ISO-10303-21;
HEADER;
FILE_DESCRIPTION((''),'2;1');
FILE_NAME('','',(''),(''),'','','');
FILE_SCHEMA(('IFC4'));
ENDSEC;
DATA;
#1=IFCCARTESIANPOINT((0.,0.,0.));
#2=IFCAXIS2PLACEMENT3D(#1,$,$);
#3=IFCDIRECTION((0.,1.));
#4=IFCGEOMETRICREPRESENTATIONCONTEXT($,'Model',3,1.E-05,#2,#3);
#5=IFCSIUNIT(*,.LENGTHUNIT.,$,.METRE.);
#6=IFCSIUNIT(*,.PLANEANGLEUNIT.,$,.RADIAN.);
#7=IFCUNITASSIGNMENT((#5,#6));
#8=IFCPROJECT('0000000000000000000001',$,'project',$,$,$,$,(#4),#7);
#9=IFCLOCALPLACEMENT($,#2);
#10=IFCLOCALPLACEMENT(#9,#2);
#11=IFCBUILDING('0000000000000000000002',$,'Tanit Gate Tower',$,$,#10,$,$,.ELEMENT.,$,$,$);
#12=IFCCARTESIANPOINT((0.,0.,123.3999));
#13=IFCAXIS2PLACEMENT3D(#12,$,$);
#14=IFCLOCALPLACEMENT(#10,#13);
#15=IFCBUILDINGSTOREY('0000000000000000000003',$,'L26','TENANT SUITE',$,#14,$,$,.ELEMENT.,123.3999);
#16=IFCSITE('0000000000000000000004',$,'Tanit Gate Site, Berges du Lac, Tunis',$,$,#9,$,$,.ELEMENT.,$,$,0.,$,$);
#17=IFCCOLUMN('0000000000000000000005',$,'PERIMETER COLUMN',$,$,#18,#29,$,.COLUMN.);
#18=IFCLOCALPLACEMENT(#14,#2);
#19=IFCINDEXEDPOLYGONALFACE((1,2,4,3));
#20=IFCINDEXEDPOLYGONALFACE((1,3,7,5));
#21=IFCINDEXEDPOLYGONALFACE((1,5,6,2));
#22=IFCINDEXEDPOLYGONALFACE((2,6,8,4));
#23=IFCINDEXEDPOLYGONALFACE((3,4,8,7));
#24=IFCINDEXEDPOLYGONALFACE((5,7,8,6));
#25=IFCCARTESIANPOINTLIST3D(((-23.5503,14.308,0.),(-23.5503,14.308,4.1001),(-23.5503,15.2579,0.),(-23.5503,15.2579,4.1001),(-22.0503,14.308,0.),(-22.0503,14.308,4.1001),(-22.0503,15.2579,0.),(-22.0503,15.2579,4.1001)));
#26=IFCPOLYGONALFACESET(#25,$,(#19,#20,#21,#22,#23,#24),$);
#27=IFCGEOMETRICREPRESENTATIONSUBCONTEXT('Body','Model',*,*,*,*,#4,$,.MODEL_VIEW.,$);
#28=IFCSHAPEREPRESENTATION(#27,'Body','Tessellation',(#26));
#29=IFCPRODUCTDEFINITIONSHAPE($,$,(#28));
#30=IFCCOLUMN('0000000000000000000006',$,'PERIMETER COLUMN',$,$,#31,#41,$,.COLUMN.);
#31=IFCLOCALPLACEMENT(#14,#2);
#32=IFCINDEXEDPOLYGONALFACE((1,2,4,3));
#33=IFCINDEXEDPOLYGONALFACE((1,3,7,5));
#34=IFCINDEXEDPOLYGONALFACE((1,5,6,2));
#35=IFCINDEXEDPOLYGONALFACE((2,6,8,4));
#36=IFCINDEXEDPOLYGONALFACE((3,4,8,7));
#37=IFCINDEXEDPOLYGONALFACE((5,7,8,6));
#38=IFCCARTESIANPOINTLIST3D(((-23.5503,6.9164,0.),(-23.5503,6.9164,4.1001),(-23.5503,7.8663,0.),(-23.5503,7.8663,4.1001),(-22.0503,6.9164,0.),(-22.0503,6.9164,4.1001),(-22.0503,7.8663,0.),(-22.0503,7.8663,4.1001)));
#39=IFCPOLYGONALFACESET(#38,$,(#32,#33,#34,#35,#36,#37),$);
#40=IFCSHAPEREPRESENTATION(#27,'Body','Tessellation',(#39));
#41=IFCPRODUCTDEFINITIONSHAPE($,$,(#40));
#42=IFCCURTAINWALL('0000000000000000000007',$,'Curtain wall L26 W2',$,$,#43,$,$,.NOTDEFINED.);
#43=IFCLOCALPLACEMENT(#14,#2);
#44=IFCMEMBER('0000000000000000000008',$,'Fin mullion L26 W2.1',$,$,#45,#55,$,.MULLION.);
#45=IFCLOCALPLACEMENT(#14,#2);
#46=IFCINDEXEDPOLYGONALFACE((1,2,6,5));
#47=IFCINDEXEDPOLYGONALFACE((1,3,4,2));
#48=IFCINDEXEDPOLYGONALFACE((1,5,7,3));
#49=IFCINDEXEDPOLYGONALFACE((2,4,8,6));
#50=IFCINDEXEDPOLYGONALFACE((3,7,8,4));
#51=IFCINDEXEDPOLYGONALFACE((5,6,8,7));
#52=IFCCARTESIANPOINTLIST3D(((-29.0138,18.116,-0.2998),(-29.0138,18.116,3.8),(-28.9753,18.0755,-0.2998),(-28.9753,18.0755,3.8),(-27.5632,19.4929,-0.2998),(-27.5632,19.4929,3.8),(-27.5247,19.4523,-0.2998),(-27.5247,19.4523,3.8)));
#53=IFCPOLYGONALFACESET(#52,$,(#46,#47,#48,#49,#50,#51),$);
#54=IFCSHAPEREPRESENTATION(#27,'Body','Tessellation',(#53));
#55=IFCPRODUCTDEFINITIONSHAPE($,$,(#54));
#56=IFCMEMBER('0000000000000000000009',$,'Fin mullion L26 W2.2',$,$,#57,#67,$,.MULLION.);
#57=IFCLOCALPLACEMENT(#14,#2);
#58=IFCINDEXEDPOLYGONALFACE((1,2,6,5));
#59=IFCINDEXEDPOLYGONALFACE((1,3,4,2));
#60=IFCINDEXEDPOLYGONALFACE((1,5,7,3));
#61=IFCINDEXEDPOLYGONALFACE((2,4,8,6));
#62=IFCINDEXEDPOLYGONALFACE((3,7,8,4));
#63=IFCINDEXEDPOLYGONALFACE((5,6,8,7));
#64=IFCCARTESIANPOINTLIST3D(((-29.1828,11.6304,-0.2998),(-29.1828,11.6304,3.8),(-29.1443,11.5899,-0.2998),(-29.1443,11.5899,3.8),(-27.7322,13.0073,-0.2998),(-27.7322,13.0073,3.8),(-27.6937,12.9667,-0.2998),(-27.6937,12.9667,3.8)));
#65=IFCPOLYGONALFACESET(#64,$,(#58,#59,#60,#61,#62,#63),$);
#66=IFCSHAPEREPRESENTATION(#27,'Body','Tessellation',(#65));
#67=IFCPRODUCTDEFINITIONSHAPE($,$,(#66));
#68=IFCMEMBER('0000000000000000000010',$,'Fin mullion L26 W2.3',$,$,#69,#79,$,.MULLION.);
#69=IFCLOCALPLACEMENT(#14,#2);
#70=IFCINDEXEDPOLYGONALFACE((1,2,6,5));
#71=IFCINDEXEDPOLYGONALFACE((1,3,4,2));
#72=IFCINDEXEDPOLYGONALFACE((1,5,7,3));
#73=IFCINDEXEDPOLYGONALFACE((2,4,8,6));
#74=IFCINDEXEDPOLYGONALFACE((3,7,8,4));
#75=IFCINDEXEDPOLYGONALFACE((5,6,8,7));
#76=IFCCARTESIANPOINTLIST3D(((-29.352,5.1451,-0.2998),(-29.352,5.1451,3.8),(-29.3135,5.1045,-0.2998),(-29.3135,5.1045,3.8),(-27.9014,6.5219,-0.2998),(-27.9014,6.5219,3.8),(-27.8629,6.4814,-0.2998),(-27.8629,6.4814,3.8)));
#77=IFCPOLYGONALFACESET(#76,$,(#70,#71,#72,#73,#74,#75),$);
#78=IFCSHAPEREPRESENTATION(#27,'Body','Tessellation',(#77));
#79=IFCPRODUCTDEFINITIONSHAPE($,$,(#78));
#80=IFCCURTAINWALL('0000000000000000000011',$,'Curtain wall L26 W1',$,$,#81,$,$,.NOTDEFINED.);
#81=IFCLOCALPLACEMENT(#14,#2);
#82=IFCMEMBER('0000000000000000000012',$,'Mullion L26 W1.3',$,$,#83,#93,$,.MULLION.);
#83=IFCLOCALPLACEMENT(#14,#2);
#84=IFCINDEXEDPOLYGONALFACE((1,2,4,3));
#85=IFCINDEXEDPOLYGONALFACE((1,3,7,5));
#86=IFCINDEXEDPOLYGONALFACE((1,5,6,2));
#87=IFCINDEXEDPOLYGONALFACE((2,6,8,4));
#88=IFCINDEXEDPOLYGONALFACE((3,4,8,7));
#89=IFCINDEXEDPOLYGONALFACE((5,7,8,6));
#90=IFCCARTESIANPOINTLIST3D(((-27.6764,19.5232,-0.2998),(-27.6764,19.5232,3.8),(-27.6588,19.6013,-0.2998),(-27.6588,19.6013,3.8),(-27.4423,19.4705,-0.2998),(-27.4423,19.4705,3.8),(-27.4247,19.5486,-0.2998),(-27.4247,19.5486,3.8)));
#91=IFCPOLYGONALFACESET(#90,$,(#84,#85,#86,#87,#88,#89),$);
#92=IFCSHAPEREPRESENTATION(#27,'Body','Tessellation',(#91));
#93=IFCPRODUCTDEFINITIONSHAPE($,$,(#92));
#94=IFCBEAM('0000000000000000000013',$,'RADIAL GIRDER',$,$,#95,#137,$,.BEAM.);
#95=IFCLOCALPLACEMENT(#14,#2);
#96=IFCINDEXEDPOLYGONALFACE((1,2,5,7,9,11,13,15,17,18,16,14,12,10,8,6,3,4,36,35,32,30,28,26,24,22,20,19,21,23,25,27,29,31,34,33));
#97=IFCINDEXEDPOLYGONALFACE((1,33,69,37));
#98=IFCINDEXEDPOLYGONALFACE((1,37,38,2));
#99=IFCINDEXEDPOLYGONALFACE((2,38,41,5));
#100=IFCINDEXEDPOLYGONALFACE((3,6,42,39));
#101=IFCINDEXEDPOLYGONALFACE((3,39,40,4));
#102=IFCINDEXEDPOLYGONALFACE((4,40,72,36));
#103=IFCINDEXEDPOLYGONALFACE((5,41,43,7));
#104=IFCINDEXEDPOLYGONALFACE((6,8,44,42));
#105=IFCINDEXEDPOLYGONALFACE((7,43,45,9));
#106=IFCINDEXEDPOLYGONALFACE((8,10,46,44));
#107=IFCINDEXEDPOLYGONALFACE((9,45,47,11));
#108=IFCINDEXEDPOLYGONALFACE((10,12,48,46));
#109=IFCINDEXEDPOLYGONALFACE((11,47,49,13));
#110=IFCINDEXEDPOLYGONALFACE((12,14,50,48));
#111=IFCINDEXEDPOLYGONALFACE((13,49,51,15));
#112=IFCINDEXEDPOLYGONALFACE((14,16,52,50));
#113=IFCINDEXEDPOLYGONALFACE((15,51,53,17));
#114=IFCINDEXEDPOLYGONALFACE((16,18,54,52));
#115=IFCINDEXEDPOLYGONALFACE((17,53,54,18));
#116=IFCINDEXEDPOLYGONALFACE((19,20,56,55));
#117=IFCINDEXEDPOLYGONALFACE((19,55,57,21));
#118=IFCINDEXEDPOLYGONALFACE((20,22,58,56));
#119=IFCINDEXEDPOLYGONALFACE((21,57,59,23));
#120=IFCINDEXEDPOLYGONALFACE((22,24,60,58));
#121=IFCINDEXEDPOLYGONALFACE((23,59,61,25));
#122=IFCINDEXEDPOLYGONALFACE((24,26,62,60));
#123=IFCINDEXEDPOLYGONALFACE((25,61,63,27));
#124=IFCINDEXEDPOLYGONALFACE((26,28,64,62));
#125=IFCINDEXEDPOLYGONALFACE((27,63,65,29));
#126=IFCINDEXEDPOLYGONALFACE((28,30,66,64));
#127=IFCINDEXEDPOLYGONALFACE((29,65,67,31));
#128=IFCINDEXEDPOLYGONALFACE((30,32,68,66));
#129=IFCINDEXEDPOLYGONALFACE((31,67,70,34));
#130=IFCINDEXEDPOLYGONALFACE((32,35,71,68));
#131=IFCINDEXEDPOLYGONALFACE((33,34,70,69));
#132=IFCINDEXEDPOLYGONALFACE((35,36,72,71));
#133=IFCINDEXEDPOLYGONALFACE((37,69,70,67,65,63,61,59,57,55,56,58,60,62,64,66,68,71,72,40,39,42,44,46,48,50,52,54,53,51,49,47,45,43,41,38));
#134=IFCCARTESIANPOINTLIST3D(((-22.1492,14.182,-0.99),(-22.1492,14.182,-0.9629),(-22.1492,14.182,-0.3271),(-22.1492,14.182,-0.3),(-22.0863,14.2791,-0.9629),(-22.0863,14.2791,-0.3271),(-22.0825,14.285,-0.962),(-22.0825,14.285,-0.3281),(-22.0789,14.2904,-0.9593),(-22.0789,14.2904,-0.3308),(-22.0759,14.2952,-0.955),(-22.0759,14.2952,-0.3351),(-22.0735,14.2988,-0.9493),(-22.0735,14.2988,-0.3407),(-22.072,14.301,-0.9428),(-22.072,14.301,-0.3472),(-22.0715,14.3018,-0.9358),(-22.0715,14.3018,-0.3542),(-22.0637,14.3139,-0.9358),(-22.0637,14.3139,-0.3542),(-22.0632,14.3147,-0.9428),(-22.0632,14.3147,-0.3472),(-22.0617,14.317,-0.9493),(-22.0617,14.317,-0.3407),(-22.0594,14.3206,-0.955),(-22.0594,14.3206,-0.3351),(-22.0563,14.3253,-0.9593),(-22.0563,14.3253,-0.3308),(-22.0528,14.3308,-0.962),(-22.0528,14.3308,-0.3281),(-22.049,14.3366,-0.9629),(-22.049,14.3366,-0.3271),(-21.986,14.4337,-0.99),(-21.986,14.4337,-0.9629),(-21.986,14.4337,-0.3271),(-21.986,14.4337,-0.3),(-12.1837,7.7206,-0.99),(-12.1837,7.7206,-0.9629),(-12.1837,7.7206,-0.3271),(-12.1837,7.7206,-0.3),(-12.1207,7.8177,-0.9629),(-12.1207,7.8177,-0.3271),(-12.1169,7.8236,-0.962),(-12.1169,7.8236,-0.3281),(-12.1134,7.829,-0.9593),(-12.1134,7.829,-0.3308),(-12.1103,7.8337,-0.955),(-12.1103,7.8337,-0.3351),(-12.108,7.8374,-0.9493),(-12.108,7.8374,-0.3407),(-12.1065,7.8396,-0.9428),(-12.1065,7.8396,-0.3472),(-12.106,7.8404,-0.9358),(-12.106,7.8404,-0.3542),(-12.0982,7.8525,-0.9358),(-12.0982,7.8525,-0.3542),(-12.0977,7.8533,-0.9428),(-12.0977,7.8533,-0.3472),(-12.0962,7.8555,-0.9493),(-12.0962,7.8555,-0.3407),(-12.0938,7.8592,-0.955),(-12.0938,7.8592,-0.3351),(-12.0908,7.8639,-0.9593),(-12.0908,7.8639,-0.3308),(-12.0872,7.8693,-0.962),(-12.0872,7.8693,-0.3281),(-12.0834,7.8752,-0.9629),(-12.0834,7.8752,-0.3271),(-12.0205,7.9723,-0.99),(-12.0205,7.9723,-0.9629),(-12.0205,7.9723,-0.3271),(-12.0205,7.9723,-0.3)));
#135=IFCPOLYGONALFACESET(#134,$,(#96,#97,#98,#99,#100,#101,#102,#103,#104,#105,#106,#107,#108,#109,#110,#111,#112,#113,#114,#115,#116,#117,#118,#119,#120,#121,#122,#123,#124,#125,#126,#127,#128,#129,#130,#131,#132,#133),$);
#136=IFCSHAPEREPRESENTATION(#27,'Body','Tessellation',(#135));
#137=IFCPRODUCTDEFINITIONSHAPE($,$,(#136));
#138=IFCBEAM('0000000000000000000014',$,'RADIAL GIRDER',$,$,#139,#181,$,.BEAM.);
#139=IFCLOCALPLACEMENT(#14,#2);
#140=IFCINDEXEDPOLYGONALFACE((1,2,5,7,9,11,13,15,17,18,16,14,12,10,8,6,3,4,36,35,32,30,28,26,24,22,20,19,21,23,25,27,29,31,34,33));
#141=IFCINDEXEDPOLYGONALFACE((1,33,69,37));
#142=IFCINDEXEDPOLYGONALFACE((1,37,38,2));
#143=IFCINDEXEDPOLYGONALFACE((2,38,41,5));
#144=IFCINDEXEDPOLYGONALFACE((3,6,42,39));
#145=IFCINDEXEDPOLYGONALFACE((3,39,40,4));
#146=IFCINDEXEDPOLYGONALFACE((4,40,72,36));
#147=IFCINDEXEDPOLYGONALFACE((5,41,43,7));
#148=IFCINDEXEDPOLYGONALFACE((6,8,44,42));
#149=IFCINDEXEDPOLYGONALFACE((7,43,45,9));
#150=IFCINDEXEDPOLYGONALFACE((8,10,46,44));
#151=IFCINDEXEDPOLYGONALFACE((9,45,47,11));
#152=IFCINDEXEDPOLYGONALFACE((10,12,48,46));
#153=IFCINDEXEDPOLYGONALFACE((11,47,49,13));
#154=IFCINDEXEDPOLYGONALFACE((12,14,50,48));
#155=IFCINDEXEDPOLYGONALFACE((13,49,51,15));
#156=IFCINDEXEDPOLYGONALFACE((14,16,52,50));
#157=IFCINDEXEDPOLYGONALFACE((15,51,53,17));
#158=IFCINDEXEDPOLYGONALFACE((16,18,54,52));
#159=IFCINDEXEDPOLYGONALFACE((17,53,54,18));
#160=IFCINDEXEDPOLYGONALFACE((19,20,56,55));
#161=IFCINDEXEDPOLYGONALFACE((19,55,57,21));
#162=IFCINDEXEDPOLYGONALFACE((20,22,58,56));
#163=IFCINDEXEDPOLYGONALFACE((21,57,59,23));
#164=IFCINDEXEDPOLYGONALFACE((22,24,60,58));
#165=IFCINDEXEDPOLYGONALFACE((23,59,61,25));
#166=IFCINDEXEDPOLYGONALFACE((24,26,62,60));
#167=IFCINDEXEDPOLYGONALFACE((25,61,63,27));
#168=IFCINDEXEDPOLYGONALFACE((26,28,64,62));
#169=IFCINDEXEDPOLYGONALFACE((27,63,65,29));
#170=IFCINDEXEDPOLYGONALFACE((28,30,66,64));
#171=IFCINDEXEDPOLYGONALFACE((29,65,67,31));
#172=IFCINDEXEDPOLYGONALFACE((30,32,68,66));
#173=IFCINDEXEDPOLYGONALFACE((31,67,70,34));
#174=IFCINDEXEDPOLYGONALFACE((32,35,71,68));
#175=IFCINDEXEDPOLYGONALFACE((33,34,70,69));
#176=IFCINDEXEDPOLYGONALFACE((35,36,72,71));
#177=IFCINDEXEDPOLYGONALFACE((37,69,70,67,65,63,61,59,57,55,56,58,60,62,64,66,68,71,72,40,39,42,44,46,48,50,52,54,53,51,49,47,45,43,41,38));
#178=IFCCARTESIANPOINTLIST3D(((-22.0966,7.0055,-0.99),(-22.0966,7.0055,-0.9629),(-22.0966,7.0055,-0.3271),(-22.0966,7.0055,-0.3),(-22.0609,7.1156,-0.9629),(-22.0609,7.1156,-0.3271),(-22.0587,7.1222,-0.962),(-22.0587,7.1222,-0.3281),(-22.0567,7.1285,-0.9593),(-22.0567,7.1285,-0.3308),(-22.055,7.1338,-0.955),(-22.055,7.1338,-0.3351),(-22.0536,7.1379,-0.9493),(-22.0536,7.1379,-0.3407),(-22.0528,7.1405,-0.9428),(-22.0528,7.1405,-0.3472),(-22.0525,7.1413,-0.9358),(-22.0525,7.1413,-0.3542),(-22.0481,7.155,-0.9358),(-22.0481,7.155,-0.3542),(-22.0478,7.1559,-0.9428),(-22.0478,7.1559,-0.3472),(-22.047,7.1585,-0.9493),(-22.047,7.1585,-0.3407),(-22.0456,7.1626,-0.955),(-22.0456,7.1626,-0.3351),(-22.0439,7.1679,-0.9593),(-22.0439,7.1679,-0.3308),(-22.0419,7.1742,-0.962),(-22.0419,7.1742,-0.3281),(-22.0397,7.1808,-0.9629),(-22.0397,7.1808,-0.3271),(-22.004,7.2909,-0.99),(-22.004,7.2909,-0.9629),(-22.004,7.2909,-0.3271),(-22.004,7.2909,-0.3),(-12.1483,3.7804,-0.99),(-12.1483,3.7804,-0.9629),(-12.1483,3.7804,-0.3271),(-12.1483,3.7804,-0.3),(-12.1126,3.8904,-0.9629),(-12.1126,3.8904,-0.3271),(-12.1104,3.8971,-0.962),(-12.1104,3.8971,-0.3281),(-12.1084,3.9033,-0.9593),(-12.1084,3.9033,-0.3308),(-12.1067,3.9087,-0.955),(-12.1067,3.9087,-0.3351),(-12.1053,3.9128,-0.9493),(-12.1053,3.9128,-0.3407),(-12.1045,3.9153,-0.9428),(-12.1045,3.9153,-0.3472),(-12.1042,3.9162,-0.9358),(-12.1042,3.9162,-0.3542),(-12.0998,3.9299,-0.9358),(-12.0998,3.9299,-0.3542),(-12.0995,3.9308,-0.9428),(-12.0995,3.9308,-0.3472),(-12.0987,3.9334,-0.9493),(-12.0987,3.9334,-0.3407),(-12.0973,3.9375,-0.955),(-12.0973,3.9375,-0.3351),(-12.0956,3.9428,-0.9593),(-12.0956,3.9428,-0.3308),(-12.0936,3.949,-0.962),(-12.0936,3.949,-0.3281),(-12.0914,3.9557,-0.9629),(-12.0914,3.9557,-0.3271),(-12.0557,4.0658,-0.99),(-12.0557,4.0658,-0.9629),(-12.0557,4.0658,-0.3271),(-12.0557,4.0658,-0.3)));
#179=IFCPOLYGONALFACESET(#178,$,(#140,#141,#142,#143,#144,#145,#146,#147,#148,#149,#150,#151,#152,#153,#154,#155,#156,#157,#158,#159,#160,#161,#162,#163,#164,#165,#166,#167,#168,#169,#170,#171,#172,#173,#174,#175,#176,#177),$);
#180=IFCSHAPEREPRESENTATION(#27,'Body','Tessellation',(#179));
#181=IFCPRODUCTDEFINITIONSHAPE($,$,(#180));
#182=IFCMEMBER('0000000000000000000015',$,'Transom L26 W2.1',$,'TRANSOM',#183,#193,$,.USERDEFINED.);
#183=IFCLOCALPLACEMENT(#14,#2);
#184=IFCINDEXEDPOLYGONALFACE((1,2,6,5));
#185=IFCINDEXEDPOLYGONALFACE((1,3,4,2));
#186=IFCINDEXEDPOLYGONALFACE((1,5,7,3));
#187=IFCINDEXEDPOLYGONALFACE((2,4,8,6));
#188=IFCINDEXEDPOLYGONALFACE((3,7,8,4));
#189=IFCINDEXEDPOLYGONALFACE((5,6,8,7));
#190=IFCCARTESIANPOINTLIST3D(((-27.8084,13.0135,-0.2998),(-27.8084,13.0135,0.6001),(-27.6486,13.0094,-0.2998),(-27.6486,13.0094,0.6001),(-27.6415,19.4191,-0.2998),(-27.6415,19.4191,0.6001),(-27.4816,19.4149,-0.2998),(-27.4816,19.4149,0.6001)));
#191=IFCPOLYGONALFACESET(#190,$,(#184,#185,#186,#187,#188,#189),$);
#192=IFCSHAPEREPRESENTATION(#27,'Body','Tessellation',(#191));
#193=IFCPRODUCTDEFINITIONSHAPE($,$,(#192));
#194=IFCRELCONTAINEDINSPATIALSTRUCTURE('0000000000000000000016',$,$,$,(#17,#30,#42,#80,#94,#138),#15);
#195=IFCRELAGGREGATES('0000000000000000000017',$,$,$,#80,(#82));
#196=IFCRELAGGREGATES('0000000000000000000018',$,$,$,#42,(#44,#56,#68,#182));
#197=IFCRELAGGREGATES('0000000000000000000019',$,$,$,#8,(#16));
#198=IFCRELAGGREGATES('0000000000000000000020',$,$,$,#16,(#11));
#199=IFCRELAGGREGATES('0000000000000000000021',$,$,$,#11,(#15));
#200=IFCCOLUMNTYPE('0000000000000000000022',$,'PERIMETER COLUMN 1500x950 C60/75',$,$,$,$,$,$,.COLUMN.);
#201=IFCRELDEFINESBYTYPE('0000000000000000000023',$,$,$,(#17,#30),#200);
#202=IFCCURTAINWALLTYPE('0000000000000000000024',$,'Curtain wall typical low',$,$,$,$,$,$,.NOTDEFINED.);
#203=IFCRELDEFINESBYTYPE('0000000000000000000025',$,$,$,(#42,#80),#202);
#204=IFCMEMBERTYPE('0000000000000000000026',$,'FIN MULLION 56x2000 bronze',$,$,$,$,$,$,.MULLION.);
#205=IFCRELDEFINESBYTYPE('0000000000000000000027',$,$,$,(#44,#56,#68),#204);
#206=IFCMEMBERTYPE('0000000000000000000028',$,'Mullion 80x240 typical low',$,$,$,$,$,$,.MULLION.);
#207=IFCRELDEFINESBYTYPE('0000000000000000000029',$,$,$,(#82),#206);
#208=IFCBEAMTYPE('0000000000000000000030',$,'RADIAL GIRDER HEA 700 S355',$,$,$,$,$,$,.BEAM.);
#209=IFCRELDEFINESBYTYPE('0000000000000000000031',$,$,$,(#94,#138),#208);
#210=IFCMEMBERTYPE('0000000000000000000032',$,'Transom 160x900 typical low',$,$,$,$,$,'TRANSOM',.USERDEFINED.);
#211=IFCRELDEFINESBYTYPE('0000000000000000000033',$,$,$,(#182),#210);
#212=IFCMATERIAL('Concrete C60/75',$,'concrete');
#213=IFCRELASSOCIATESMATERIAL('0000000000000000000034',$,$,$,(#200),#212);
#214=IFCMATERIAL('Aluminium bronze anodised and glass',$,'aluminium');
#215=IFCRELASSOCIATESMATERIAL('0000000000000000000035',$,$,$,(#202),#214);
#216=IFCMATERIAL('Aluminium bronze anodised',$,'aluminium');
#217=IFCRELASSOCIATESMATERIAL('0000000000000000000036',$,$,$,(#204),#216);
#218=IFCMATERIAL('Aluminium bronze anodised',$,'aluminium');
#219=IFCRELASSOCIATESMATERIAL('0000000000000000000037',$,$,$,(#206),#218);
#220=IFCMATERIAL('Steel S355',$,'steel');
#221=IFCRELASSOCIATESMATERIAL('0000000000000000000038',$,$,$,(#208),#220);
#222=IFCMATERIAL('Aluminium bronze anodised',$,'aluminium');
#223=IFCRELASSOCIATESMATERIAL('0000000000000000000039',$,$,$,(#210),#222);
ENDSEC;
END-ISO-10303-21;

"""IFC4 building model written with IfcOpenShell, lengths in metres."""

from ifc_helpers import new_model, si_unit, direction, frame, origin, origin_2d, place, context, subcontext, project, spatial, rectangle, i_section, extrude, material, material_profile, profile_set, type_object, element, aggregate, save


model = new_model("IFC4")

# Units and contexts
model_context = context("Model", 3, precision=1e-05, world=origin(), true_north=direction((0.0, 1.0)))
body_context = subcontext(model_context, "Body", "Model", "MODEL_VIEW")
ifc_project = project(units=[si_unit("LENGTHUNIT", "METRE"), si_unit("PLANEANGLEUNIT", "RADIAN")], contexts=[model_context])

# Site, building, storey
site_placement = place(None, origin())
site = spatial("IfcSite", under=ifc_project, at=site_placement, Name="Tanit Gate Site, Berges du Lac, Tunis", CompositionType="ELEMENT", RefElevation=0.0)
building_placement = place(site_placement, origin())
building = spatial("IfcBuilding", under=site, at=building_placement, Name="Tanit Gate Tower", CompositionType="ELEMENT")
storey_placement = place(building_placement, frame((0.0, 0.0, 123.3999)))
storey = spatial("IfcBuildingStorey", under=building, at=storey_placement, Name="L26", Description="TENANT SUITE", CompositionType="ELEMENT", Elevation=123.3999)

# Columns
ifc_material_1 = material(Name="Concrete C60/75", Category="concrete")
ifc_material_profile_1 = material_profile(ifc_material_1, rectangle(XDim=1.5, YDim=0.95, at=origin_2d()), Name="RC 1500x950")
ifc_profile_set_1 = profile_set([ifc_material_profile_1], Name="Concrete C60/75")
column_type = type_object("IfcColumnType", Name="PERIMETER COLUMN 1500x950 C60/75", PredefinedType="COLUMN", material=ifc_profile_set_1)
for number, where, z_axis, x_axis, name in (
    (1, (-22.8003, 14.783, 0.0), (0.0, 0.0, 1.0), (-1.0, 0.0, 0.0), "PERIMETER COLUMN"),
    (2, (-22.8003, 7.3914, 0.0), (0.0, 0.0, 1.0), (-1.0, 0.0, 0.0), "PERIMETER COLUMN"),
):
    element("IfcColumn", number, at=place(storey_placement, frame(where, z_axis=z_axis, x_axis=x_axis)), inside=storey, type_object=column_type, Name=name, PredefinedType="COLUMN", context=body_context, shape_type="SweptSolid", body=[
        extrude(rectangle(XDim=1.5, YDim=0.95, at=origin_2d()), origin(), (0.0, 0.0, 1.0), 4.1001),
    ])

# Curtain wall, members
ifc_material_2 = material(Name="Aluminium bronze anodised and glass", Category="aluminium")
curtain_wall_type = type_object("IfcCurtainWallType", Name="Curtain wall typical low", PredefinedType="NOTDEFINED", material=ifc_material_2)
curtain_wall_1_placement = place(storey_placement, origin())
curtain_wall_1 = element("IfcCurtainWall", 3, at=curtain_wall_1_placement, inside=storey, type_object=curtain_wall_type, Name="Curtain wall L26 W2", PredefinedType="NOTDEFINED")
ifc_material_3 = material(Name="Aluminium bronze anodised", Category="aluminium")
ifc_material_profile_2 = material_profile(ifc_material_3, rectangle(XDim=2.0, YDim=0.0559, at=origin_2d()), Name="56x2000 bronze fin mullion")
ifc_profile_set_2 = profile_set([ifc_material_profile_2], Name="Aluminium bronze anodised")
member_type_1 = type_object("IfcMemberType", Name="FIN MULLION 56x2000 bronze", PredefinedType="MULLION", material=ifc_profile_set_2)
member_1_placement = place(storey_placement, frame((-28.2693, 18.7842, -0.2998), z_axis=(0.0, 0.0, 1.0), x_axis=(0.725296, 0.688438, 0.0)))
member_1 = element("IfcMember", 4, at=member_1_placement, type_object=member_type_1, Name="Fin mullion L26 W2.1", PredefinedType="MULLION", context=body_context, shape_type="SweptSolid", body=[
    extrude(rectangle(XDim=2.0, YDim=0.0559, at=origin_2d()), origin(), (0.0, 0.0, 1.0), 4.0999),
])
member_2_placement = place(storey_placement, frame((-28.4382, 12.2986, -0.2998), z_axis=(0.0, 0.0, 1.0), x_axis=(0.725296, 0.688438, 0.0)))
member_2 = element("IfcMember", 5, at=member_2_placement, type_object=member_type_1, Name="Fin mullion L26 W2.2", PredefinedType="MULLION", context=body_context, shape_type="SweptSolid", body=[
    extrude(rectangle(XDim=2.0, YDim=0.0559, at=origin_2d()), origin(), (0.0, 0.0, 1.0), 4.0999),
])
member_3_placement = place(storey_placement, frame((-28.6074, 5.8132, -0.2998), z_axis=(0.0, 0.0, 1.0), x_axis=(0.725296, 0.688438, 0.0)))
member_3 = element("IfcMember", 6, at=member_3_placement, type_object=member_type_1, Name="Fin mullion L26 W2.3", PredefinedType="MULLION", context=body_context, shape_type="SweptSolid", body=[
    extrude(rectangle(XDim=2.0, YDim=0.0559, at=origin_2d()), origin(), (0.0, 0.0, 1.0), 4.0999),
])

# Curtain wall, member
curtain_wall_2_placement = place(storey_placement, origin())
curtain_wall_2 = element("IfcCurtainWall", 7, at=curtain_wall_2_placement, inside=storey, type_object=curtain_wall_type, Name="Curtain wall L26 W1", PredefinedType="NOTDEFINED")
ifc_material_4 = material(Name="Aluminium bronze anodised", Category="aluminium")
ifc_material_profile_3 = material_profile(ifc_material_4, rectangle(XDim=0.24, YDim=0.0801, at=origin_2d()), Name="80x240 bronze mullion")
ifc_profile_set_3 = profile_set([ifc_material_profile_3], Name="Aluminium bronze anodised")
member_type_2 = type_object("IfcMemberType", Name="Mullion 80x240 typical low", PredefinedType="MULLION", material=ifc_profile_set_3)
member_4_placement = place(storey_placement, frame((-27.5505, 19.5359, -0.2998), z_axis=(0.0, 0.0, 1.0), x_axis=(0.975577, -0.219657, 0.0)))
member_4 = element("IfcMember", 8, at=member_4_placement, type_object=member_type_2, Name="Mullion L26 W1.3", PredefinedType="MULLION", context=body_context, shape_type="SweptSolid", body=[
    extrude(rectangle(XDim=0.24, YDim=0.0801, at=origin_2d()), origin(), (0.0, 0.0, 1.0), 4.0999),
])
aggregate(curtain_wall_2, [member_4])

# Beams
ifc_material_5 = material(Name="Steel S355", Category="steel")
ifc_material_profile_4 = material_profile(ifc_material_5, i_section(OverallWidth=0.3, OverallDepth=0.6899, WebThickness=0.0144, FlangeThickness=0.0271, FilletRadius=0.0271, at=origin_2d()), Name="HEA 700")
ifc_profile_set_4 = profile_set([ifc_material_profile_4], Name="Steel S355")
beam_type = type_object("IfcBeamType", Name="RADIAL GIRDER HEA 700 S355", PredefinedType="BEAM", material=ifc_profile_set_4)
beam_1_placement = place(storey_placement, frame((-22.0676, 14.3079, -0.645), z_axis=(0.839066, -0.544029, 0.0), x_axis=(0.544029, 0.839066, 0.0)))
element("IfcBeam", 9, at=beam_1_placement, inside=storey, type_object=beam_type, Name="RADIAL GIRDER", PredefinedType="BEAM", context=body_context, shape_type="SweptSolid", body=[
    extrude(i_section(OverallWidth=0.3, OverallDepth=0.6899, WebThickness=0.0144, FlangeThickness=0.0271, FilletRadius=0.0271, at=origin_2d()), origin(), (0.0, 0.0, 1.0), 11.877),
])
beam_2_placement = place(storey_placement, frame((-22.0503, 7.1482, -0.645), z_axis=(0.951261, -0.308387, 0.0), x_axis=(0.308387, 0.951261, 0.0)))
element("IfcBeam", 10, at=beam_2_placement, inside=storey, type_object=beam_type, Name="RADIAL GIRDER", PredefinedType="BEAM", context=body_context, shape_type="SweptSolid", body=[
    extrude(i_section(OverallWidth=0.3, OverallDepth=0.6899, WebThickness=0.0144, FlangeThickness=0.0271, FilletRadius=0.0271, at=origin_2d()), origin(), (0.0, 0.0, 1.0), 10.458),
])

# Member
ifc_material_6 = material(Name="Aluminium bronze anodised", Category="aluminium")
ifc_material_profile_5 = material_profile(ifc_material_6, rectangle(XDim=0.1599, YDim=0.8999, at=origin_2d()), Name="160x900 bronze transom")
ifc_profile_set_5 = profile_set([ifc_material_profile_5], Name="Aluminium bronze anodised")
member_type_3 = type_object("IfcMemberType", Name="Transom 160x900 typical low", ElementType="TRANSOM", PredefinedType="USERDEFINED", material=ifc_profile_set_5)
member_5_placement = place(storey_placement, frame((-27.5615, 19.417, 0.1501), z_axis=(-0.026061, -0.99966, 0.0), x_axis=(0.99966, -0.026061, 0.0)))
member_5 = element("IfcMember", 11, at=member_5_placement, type_object=member_type_3, Name="Transom L26 W2.1", ObjectType="TRANSOM", PredefinedType="USERDEFINED", context=body_context, shape_type="SweptSolid", body=[
    extrude(rectangle(XDim=0.1599, YDim=0.8999, at=origin_2d()), origin(), (0.0, 0.0, 1.0), 6.4077),
])

aggregate(curtain_wall_1, [member_1, member_2, member_3, member_5])

save(model, "model.ifc")
